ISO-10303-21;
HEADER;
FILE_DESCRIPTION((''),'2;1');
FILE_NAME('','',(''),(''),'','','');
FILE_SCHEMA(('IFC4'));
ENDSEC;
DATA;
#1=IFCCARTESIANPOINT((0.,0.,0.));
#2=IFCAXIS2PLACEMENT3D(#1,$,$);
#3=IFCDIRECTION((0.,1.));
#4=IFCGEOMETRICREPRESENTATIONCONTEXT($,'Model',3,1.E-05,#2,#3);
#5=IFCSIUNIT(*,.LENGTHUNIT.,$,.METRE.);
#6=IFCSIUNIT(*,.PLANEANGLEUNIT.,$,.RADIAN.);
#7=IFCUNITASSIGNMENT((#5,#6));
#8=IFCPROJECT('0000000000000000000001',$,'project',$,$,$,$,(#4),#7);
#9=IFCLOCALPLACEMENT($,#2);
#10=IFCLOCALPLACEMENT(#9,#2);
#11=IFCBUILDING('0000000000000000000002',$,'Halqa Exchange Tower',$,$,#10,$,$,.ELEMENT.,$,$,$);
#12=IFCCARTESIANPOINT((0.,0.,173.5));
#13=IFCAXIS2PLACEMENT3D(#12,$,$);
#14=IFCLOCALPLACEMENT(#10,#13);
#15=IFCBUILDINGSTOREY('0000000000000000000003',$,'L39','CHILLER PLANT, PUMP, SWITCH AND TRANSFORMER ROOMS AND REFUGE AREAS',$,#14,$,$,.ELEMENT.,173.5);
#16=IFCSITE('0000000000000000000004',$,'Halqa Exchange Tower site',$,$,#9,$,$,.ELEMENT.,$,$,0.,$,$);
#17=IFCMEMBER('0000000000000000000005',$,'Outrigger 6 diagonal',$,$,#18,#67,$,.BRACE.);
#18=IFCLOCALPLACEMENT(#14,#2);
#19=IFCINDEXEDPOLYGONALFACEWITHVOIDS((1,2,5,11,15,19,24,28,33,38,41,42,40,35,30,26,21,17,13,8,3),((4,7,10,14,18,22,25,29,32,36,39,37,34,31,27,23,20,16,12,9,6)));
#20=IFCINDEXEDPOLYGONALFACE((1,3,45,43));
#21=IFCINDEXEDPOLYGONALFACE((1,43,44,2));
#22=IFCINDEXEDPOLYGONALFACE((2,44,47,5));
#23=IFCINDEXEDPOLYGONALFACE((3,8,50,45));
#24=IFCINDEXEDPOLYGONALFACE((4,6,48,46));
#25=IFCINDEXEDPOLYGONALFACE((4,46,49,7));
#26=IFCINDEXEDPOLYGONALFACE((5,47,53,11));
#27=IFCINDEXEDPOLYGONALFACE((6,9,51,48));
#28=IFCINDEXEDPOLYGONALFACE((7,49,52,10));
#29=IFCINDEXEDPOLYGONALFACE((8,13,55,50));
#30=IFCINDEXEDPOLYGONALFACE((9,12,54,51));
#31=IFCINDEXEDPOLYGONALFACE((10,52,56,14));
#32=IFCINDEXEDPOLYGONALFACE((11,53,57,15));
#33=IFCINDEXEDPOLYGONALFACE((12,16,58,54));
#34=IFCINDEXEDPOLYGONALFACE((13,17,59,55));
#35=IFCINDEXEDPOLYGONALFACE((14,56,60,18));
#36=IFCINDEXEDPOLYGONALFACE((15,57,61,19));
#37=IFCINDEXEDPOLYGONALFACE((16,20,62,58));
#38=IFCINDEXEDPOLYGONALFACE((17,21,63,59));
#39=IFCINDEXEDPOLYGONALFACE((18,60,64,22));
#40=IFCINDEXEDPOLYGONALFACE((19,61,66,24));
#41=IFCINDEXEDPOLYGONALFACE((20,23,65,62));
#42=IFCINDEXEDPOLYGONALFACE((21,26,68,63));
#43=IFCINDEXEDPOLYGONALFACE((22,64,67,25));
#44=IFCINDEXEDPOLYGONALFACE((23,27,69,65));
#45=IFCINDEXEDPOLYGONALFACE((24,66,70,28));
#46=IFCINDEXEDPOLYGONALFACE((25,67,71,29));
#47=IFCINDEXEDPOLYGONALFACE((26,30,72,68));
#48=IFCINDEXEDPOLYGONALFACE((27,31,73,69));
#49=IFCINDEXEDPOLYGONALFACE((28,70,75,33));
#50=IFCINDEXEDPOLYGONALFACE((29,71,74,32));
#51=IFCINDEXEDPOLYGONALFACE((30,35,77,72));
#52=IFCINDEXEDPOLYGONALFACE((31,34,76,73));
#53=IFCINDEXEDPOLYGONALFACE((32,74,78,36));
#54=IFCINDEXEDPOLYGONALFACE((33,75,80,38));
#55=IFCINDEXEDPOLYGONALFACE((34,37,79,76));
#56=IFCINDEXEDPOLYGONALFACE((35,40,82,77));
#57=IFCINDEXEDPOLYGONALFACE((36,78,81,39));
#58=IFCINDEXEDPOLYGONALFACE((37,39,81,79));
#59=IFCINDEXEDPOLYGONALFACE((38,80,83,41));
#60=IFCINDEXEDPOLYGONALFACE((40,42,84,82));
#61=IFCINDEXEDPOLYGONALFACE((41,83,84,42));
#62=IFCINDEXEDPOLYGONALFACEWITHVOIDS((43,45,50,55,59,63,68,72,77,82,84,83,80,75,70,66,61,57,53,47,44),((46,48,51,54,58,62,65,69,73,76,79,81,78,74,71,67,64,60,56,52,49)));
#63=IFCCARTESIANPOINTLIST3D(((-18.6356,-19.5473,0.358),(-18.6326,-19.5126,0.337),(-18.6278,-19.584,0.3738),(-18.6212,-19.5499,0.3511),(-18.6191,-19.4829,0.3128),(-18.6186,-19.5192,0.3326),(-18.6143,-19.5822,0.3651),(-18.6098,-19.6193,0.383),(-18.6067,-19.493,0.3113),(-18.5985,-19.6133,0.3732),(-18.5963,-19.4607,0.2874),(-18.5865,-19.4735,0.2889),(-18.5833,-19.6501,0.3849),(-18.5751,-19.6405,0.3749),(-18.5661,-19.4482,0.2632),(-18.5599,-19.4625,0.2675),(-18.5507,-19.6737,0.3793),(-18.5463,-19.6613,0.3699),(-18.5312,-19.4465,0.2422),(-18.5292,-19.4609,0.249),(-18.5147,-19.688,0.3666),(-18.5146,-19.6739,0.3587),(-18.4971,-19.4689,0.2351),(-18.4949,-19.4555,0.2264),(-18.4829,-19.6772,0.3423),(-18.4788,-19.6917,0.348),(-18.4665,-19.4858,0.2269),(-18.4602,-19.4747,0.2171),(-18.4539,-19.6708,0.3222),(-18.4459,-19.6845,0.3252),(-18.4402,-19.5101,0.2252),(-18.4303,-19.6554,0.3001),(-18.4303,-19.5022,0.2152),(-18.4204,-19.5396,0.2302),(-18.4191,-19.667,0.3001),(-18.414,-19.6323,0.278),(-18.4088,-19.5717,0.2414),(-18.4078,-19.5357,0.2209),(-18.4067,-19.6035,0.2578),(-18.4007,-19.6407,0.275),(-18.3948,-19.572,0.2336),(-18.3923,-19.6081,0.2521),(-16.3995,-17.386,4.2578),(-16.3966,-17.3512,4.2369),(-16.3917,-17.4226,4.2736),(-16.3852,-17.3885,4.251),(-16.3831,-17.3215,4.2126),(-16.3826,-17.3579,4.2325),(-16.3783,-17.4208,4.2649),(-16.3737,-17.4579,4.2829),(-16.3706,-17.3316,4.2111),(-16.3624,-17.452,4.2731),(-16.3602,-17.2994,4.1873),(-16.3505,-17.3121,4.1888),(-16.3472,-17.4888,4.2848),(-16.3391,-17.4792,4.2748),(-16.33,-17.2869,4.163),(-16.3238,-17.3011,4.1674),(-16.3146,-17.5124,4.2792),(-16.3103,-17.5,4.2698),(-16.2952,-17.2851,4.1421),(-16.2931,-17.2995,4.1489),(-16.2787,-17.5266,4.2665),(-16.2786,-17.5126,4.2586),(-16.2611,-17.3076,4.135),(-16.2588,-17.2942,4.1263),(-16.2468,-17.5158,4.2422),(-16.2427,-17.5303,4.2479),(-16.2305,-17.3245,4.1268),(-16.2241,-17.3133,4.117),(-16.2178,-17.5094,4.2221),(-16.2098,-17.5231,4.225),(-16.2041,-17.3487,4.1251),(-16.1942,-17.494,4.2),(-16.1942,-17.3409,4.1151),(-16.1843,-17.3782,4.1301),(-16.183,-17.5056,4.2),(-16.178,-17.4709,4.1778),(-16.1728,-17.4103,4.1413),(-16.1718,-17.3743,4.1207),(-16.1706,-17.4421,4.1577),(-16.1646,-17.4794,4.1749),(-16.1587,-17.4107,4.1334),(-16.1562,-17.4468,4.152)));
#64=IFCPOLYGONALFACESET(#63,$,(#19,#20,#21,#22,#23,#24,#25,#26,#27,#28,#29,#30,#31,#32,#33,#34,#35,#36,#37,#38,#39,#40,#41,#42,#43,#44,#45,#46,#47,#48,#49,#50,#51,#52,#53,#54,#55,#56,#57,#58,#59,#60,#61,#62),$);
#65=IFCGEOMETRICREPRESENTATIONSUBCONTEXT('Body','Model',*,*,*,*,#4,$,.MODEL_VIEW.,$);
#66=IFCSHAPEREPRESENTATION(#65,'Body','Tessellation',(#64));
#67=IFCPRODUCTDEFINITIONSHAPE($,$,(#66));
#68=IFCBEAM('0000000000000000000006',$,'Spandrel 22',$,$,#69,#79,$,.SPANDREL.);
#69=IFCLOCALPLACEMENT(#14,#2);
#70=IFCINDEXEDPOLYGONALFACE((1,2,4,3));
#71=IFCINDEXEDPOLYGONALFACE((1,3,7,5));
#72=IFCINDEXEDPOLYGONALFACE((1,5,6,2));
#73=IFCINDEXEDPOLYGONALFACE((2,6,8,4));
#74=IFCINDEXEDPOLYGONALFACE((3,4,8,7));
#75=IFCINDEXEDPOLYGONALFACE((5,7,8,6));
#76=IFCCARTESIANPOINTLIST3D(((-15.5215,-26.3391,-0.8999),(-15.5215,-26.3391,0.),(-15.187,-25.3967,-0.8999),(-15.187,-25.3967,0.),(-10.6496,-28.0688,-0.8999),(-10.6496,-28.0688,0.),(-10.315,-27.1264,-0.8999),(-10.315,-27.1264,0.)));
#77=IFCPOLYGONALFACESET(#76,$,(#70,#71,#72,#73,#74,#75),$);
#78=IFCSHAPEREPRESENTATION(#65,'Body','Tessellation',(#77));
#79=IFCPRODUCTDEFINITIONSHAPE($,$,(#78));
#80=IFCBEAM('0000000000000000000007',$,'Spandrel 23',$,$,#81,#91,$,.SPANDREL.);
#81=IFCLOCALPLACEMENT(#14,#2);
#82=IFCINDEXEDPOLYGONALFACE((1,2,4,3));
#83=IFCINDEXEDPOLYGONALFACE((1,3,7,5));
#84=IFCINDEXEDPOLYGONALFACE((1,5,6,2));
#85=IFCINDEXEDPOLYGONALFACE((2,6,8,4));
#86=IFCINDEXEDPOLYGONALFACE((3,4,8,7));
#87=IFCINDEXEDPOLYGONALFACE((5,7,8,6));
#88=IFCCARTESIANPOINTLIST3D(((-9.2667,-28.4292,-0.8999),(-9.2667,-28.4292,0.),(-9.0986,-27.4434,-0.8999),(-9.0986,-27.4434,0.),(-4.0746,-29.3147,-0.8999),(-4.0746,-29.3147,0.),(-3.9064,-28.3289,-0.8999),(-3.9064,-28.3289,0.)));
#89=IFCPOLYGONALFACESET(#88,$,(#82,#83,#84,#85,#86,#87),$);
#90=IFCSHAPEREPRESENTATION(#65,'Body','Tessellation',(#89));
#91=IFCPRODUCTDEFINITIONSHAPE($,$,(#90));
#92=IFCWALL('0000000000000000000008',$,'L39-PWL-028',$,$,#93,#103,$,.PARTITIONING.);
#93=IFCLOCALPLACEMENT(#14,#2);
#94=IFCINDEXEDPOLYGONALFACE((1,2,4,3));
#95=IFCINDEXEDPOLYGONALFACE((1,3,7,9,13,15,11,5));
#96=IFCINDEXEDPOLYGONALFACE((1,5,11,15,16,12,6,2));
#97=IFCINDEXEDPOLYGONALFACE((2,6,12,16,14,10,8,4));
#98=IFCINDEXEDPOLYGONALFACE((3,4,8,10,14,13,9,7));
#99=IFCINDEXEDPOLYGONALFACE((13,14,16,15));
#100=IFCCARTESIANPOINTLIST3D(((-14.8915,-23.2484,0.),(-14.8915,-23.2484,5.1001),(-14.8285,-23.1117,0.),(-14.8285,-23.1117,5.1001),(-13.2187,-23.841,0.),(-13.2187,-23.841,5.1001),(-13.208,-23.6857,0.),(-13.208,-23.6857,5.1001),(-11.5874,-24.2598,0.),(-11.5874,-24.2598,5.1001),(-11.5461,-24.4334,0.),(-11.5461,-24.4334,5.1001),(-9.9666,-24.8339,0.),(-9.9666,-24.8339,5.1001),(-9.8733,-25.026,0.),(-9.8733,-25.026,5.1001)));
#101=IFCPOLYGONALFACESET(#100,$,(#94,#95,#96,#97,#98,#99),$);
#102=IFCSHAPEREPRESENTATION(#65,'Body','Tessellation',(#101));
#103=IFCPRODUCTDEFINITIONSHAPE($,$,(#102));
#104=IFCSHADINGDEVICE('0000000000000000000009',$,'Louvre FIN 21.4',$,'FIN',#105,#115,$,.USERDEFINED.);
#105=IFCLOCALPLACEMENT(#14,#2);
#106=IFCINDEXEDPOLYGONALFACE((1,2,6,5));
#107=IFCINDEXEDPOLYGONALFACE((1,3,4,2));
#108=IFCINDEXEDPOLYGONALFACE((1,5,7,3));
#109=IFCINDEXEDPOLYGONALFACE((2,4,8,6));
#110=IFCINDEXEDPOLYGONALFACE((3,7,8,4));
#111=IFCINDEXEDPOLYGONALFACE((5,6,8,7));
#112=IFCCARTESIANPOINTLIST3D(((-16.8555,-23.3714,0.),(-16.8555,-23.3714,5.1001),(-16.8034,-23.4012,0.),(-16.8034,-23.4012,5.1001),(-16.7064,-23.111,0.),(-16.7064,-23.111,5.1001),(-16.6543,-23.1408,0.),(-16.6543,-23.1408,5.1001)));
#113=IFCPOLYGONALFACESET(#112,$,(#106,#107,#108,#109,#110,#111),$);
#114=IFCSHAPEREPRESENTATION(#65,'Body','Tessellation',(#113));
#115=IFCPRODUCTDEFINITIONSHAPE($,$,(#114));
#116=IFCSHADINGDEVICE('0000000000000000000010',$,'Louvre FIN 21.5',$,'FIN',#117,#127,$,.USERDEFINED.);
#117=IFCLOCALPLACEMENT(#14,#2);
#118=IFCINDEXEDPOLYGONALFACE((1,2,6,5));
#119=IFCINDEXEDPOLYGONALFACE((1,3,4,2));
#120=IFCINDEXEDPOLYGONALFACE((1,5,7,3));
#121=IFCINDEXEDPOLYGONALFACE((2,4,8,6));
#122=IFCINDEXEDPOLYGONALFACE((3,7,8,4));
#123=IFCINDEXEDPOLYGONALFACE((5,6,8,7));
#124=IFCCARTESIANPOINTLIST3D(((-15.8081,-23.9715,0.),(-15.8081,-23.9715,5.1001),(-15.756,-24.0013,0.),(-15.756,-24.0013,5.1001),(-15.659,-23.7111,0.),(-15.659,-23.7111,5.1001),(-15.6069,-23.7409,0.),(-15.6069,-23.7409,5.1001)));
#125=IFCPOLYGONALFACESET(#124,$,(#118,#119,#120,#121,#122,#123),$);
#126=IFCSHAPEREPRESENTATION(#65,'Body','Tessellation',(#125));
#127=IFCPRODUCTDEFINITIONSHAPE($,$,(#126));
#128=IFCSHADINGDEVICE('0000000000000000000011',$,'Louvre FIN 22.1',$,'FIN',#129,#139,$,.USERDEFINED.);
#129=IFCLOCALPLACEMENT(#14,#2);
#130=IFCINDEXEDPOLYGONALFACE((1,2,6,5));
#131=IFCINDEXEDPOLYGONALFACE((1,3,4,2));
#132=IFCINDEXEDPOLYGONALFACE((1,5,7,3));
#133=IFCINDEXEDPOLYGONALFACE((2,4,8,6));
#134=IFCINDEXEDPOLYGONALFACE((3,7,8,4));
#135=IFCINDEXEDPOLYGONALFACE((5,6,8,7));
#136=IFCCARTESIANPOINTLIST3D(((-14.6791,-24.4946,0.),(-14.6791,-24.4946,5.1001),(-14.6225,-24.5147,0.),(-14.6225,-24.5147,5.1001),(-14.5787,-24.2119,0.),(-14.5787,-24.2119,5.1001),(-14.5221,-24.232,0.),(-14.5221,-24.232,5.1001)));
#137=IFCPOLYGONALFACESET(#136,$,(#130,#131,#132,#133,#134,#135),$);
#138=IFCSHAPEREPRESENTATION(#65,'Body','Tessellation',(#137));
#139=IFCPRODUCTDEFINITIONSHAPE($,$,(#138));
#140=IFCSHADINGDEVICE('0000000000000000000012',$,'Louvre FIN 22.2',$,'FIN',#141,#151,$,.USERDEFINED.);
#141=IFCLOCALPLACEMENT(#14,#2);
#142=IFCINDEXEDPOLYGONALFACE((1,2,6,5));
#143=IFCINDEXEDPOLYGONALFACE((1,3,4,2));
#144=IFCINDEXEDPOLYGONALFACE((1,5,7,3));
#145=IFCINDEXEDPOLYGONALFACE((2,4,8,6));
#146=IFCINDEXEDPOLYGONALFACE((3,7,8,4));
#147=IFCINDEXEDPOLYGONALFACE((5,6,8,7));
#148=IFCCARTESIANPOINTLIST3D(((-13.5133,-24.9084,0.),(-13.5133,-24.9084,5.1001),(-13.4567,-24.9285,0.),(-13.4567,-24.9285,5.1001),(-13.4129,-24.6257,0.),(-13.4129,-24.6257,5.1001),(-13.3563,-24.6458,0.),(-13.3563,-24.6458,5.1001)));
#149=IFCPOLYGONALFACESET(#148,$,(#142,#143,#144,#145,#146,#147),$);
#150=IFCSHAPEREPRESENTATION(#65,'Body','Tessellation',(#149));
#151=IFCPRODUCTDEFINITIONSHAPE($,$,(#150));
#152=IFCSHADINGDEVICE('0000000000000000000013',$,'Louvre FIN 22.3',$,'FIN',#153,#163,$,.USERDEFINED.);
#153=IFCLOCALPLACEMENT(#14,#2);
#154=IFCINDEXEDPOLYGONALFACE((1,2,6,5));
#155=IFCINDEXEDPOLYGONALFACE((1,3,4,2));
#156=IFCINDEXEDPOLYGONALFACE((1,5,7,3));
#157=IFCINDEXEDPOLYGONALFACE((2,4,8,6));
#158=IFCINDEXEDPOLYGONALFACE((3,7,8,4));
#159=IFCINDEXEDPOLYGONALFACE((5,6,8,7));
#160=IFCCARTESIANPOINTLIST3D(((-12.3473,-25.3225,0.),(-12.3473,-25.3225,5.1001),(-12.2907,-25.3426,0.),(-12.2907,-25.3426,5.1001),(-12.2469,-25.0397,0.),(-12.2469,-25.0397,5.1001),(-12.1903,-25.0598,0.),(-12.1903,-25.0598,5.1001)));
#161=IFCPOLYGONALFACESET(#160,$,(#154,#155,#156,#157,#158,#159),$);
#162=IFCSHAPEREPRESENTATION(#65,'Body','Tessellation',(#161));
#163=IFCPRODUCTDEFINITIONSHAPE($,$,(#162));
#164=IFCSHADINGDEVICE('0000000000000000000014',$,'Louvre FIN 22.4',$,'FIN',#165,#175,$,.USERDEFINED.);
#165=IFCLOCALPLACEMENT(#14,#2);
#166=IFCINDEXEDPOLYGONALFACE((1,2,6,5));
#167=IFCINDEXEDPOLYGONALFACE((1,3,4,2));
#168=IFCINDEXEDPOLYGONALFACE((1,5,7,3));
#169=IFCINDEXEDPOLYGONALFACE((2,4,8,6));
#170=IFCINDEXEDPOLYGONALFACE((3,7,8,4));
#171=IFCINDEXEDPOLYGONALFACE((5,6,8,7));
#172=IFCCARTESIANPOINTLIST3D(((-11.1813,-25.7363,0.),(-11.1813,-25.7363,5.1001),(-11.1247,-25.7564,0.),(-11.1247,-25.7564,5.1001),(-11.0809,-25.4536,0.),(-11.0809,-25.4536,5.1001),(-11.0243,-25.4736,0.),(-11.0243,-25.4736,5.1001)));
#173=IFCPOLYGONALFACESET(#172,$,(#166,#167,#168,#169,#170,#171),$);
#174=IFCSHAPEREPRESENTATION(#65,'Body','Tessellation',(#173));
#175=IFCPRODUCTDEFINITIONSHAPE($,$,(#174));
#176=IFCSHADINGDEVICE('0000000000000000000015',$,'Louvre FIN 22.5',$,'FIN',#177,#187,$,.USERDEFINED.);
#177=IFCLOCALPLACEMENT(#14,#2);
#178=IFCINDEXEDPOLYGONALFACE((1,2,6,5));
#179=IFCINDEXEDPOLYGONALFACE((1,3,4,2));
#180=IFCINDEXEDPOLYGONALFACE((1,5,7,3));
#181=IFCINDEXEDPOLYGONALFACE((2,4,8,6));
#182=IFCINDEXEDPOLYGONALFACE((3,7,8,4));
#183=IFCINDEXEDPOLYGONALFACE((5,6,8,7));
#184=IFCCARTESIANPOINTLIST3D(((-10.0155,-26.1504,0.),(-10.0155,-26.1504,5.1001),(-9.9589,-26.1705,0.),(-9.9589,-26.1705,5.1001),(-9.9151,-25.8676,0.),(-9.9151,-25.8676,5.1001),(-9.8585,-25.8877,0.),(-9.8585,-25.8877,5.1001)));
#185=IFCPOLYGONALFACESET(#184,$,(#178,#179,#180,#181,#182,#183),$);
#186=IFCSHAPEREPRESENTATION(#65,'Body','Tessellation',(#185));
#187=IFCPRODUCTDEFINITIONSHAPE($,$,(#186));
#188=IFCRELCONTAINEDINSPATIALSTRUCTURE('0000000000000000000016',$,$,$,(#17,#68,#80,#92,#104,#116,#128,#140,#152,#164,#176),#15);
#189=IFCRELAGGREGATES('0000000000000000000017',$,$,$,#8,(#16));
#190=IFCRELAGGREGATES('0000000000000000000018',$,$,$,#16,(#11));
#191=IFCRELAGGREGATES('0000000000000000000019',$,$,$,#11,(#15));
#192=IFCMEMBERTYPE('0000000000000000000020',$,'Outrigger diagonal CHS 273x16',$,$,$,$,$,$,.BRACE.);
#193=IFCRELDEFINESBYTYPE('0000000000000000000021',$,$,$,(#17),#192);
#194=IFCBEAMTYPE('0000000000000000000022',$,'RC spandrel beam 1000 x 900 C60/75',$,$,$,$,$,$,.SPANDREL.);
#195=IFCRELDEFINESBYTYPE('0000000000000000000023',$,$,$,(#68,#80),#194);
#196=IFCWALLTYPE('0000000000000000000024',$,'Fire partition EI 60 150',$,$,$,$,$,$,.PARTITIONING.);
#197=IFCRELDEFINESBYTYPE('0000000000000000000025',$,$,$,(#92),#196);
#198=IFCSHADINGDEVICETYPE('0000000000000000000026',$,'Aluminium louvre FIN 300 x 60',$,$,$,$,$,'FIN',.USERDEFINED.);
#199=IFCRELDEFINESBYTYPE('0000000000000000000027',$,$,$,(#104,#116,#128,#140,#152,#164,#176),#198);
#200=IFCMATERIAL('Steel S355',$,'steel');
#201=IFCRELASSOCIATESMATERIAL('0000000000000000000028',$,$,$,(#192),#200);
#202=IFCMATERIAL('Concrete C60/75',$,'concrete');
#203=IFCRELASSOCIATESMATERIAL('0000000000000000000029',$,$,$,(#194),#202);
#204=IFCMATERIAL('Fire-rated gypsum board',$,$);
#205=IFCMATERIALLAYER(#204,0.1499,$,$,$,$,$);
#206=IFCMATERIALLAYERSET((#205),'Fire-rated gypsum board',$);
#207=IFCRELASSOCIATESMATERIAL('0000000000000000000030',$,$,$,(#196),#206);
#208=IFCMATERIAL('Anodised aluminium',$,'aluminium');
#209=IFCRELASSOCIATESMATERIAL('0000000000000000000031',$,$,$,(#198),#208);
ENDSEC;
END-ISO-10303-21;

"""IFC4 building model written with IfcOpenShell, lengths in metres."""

from ifc_helpers import new_model, si_unit, direction, frame, origin, origin_2d, place, context, subcontext, project, spatial, polyline, rectangle, hollow_circle, outline, extrude, material, layer, layer_set, material_profile, profile_set, type_object, element, save


model = new_model("IFC4")

# Units and contexts
model_context = context("Model", 3, precision=1e-05, world=origin(), true_north=direction((0.0, 1.0)))
body_context = subcontext(model_context, "Body", "Model", "MODEL_VIEW")
ifc_project = project(units=[si_unit("LENGTHUNIT", "METRE"), si_unit("PLANEANGLEUNIT", "RADIAN")], contexts=[model_context])

# Site, building, storey
site_placement = place(None, origin())
site = spatial("IfcSite", under=ifc_project, at=site_placement, Name="Halqa Exchange Tower site", CompositionType="ELEMENT", RefElevation=0.0)
building_placement = place(site_placement, origin())
building = spatial("IfcBuilding", under=site, at=building_placement, Name="Halqa Exchange Tower", CompositionType="ELEMENT")
storey_placement = place(building_placement, frame((0.0, 0.0, 173.5)))
storey = spatial("IfcBuildingStorey", under=building, at=storey_placement, Name="L39", Description="CHILLER PLANT, PUMP, SWITCH AND TRANSFORMER ROOMS AND REFUGE AREAS", CompositionType="ELEMENT", Elevation=173.5)

# Member
ifc_material_1 = material(Name="Steel S355", Category="steel")
ifc_material_profile_1 = material_profile(ifc_material_1, hollow_circle(Radius=0.1365, WallThickness=0.0161, at=origin_2d()), Name="CHS 273x16")
ifc_profile_set_1 = profile_set([ifc_material_profile_1], Name="Steel S355")
member_type_1 = type_object("IfcMemberType", Name="Outrigger diagonal CHS 273x16", PredefinedType="BRACE", material=ifc_profile_set_1)
member_1_placement = place(storey_placement, frame((-16.2778, -17.4075, 4.2), z_axis=(-0.448286, -0.433309, -0.781846), x_axis=(0.694994, -0.719016, 0.0)))
element("IfcMember", 1, at=member_1_placement, inside=storey, type_object=member_type_1, Name="Outrigger 6 diagonal", PredefinedType="BRACE", context=body_context, shape_type="SweptSolid", body=[
    extrude(hollow_circle(Radius=0.1365, WallThickness=0.0161, at=origin_2d()), origin(), (0.0, 0.0, 1.0), 4.988),
])

# Beams
ifc_material_2 = material(Name="Concrete C60/75", Category="concrete")
ifc_material_profile_2 = material_profile(ifc_material_2, rectangle(XDim=1.0, YDim=0.8999, at=origin_2d()), Name="1000 x 900")
ifc_profile_set_2 = profile_set([ifc_material_profile_2], Name="Concrete C60/75")
beam_type = type_object("IfcBeamType", Name="RC spandrel beam 1000 x 900 C60/75", PredefinedType="SPANDREL", material=ifc_profile_set_2)
beam_1_placement = place(storey_placement, frame((-15.3542, -25.8679, -0.45), z_axis=(0.942371, -0.334571, 0.0), x_axis=(0.334571, 0.942371, 0.0)))
element("IfcBeam", 2, at=beam_1_placement, inside=storey, type_object=beam_type, Name="Spandrel 22", PredefinedType="SPANDREL", context=body_context, shape_type="SweptSolid", body=[
    extrude(rectangle(XDim=1.0, YDim=0.8999, at=origin_2d()), origin(), (0.0, 0.0, 1.0), 5.1699),
])
beam_2_placement = place(storey_placement, frame((-9.1826, -27.9363, -0.45), z_axis=(0.985767, -0.168119, 0.0), x_axis=(0.168119, 0.985767, 0.0)))
element("IfcBeam", 3, at=beam_2_placement, inside=storey, type_object=beam_type, Name="Spandrel 23", PredefinedType="SPANDREL", context=body_context, shape_type="SweptSolid", body=[
    extrude(rectangle(XDim=1.0, YDim=0.8999, at=origin_2d()), origin(), (0.0, 0.0, 1.0), 5.2671),
])

# Wall
ifc_material_3 = material(Name="Fire-rated gypsum board")
ifc_layer_1 = layer(ifc_material_3, 0.1499)
ifc_layer_set_1 = layer_set([ifc_layer_1], Name="Fire-rated gypsum board")
wall_type = type_object("IfcWallType", Name="Fire partition EI 60 150", PredefinedType="PARTITIONING", material=ifc_layer_set_1)
wall_1_placement = place(storey_placement, frame((-14.8665, -23.1777, 0.0), z_axis=(0.0, 0.0, 1.0), x_axis=(0.942606, -0.333907, 0.0)))
element("IfcWall", 4, at=wall_1_placement, inside=storey, type_object=wall_type, Name="L39-PWL-028", PredefinedType="PARTITIONING", context=body_context, shape_type="SweptSolid", body=[
    extrude(outline(polyline([(0.0, -0.075), (1.7747, -0.075), (3.5491, -0.075), (5.3237, -0.075), (5.1716, 0.075), (3.4521, 0.075), (1.7329, 0.075), (0.0137, 0.075), (0.0, -0.075)])), origin(), (0.0, 0.0, 1.0), 5.1001),
])

# Shading devices
ifc_material_4 = material(Name="Anodised aluminium", Category="aluminium")
ifc_material_profile_3 = material_profile(ifc_material_4, rectangle(XDim=0.3, YDim=0.0601, at=origin_2d()), Name="AL FIN 300x60")
ifc_profile_set_3 = profile_set([ifc_material_profile_3], Name="Anodised aluminium")
shading_device_type = type_object("IfcShadingDeviceType", Name="Aluminium louvre FIN 300 x 60", ElementType="FIN", PredefinedType="USERDEFINED", material=ifc_profile_set_3)
for number, where, z_axis, x_axis, name in (
    (5, (-16.7549, -23.2561, 0.0), (0.0, 0.0, 1.0), (0.496982, 0.867761, 0.0), "Louvre FIN 21.4"),
    (6, (-15.7075, -23.8562, 0.0), (0.0, 0.0, 1.0), (0.496982, 0.867761, 0.0), "Louvre FIN 21.5"),
    (7, (-14.6006, -24.3633, 0.0), (0.0, 0.0, 1.0), (0.33458, 0.942367, 0.0), "Louvre FIN 22.1"),
    (8, (-13.4348, -24.7771, 0.0), (0.0, 0.0, 1.0), (0.33458, 0.942367, 0.0), "Louvre FIN 22.2"),
    (9, (-12.2688, -25.1912, 0.0), (0.0, 0.0, 1.0), (0.33458, 0.942367, 0.0), "Louvre FIN 22.3"),
    (10, (-11.1028, -25.605, 0.0), (0.0, 0.0, 1.0), (0.33458, 0.942367, 0.0), "Louvre FIN 22.4"),
    (11, (-9.937, -26.019, 0.0), (0.0, 0.0, 1.0), (0.33458, 0.942367, 0.0), "Louvre FIN 22.5"),
):
    element("IfcShadingDevice", number, at=place(storey_placement, frame(where, z_axis=z_axis, x_axis=x_axis)), inside=storey, type_object=shading_device_type, Name=name, ObjectType="FIN", PredefinedType="USERDEFINED", context=body_context, shape_type="SweptSolid", body=[
        extrude(rectangle(XDim=0.3, YDim=0.0601, at=origin_2d()), origin(), (0.0, 0.0, 1.0), 5.1001),
    ])

save(model, "model.ifc")
